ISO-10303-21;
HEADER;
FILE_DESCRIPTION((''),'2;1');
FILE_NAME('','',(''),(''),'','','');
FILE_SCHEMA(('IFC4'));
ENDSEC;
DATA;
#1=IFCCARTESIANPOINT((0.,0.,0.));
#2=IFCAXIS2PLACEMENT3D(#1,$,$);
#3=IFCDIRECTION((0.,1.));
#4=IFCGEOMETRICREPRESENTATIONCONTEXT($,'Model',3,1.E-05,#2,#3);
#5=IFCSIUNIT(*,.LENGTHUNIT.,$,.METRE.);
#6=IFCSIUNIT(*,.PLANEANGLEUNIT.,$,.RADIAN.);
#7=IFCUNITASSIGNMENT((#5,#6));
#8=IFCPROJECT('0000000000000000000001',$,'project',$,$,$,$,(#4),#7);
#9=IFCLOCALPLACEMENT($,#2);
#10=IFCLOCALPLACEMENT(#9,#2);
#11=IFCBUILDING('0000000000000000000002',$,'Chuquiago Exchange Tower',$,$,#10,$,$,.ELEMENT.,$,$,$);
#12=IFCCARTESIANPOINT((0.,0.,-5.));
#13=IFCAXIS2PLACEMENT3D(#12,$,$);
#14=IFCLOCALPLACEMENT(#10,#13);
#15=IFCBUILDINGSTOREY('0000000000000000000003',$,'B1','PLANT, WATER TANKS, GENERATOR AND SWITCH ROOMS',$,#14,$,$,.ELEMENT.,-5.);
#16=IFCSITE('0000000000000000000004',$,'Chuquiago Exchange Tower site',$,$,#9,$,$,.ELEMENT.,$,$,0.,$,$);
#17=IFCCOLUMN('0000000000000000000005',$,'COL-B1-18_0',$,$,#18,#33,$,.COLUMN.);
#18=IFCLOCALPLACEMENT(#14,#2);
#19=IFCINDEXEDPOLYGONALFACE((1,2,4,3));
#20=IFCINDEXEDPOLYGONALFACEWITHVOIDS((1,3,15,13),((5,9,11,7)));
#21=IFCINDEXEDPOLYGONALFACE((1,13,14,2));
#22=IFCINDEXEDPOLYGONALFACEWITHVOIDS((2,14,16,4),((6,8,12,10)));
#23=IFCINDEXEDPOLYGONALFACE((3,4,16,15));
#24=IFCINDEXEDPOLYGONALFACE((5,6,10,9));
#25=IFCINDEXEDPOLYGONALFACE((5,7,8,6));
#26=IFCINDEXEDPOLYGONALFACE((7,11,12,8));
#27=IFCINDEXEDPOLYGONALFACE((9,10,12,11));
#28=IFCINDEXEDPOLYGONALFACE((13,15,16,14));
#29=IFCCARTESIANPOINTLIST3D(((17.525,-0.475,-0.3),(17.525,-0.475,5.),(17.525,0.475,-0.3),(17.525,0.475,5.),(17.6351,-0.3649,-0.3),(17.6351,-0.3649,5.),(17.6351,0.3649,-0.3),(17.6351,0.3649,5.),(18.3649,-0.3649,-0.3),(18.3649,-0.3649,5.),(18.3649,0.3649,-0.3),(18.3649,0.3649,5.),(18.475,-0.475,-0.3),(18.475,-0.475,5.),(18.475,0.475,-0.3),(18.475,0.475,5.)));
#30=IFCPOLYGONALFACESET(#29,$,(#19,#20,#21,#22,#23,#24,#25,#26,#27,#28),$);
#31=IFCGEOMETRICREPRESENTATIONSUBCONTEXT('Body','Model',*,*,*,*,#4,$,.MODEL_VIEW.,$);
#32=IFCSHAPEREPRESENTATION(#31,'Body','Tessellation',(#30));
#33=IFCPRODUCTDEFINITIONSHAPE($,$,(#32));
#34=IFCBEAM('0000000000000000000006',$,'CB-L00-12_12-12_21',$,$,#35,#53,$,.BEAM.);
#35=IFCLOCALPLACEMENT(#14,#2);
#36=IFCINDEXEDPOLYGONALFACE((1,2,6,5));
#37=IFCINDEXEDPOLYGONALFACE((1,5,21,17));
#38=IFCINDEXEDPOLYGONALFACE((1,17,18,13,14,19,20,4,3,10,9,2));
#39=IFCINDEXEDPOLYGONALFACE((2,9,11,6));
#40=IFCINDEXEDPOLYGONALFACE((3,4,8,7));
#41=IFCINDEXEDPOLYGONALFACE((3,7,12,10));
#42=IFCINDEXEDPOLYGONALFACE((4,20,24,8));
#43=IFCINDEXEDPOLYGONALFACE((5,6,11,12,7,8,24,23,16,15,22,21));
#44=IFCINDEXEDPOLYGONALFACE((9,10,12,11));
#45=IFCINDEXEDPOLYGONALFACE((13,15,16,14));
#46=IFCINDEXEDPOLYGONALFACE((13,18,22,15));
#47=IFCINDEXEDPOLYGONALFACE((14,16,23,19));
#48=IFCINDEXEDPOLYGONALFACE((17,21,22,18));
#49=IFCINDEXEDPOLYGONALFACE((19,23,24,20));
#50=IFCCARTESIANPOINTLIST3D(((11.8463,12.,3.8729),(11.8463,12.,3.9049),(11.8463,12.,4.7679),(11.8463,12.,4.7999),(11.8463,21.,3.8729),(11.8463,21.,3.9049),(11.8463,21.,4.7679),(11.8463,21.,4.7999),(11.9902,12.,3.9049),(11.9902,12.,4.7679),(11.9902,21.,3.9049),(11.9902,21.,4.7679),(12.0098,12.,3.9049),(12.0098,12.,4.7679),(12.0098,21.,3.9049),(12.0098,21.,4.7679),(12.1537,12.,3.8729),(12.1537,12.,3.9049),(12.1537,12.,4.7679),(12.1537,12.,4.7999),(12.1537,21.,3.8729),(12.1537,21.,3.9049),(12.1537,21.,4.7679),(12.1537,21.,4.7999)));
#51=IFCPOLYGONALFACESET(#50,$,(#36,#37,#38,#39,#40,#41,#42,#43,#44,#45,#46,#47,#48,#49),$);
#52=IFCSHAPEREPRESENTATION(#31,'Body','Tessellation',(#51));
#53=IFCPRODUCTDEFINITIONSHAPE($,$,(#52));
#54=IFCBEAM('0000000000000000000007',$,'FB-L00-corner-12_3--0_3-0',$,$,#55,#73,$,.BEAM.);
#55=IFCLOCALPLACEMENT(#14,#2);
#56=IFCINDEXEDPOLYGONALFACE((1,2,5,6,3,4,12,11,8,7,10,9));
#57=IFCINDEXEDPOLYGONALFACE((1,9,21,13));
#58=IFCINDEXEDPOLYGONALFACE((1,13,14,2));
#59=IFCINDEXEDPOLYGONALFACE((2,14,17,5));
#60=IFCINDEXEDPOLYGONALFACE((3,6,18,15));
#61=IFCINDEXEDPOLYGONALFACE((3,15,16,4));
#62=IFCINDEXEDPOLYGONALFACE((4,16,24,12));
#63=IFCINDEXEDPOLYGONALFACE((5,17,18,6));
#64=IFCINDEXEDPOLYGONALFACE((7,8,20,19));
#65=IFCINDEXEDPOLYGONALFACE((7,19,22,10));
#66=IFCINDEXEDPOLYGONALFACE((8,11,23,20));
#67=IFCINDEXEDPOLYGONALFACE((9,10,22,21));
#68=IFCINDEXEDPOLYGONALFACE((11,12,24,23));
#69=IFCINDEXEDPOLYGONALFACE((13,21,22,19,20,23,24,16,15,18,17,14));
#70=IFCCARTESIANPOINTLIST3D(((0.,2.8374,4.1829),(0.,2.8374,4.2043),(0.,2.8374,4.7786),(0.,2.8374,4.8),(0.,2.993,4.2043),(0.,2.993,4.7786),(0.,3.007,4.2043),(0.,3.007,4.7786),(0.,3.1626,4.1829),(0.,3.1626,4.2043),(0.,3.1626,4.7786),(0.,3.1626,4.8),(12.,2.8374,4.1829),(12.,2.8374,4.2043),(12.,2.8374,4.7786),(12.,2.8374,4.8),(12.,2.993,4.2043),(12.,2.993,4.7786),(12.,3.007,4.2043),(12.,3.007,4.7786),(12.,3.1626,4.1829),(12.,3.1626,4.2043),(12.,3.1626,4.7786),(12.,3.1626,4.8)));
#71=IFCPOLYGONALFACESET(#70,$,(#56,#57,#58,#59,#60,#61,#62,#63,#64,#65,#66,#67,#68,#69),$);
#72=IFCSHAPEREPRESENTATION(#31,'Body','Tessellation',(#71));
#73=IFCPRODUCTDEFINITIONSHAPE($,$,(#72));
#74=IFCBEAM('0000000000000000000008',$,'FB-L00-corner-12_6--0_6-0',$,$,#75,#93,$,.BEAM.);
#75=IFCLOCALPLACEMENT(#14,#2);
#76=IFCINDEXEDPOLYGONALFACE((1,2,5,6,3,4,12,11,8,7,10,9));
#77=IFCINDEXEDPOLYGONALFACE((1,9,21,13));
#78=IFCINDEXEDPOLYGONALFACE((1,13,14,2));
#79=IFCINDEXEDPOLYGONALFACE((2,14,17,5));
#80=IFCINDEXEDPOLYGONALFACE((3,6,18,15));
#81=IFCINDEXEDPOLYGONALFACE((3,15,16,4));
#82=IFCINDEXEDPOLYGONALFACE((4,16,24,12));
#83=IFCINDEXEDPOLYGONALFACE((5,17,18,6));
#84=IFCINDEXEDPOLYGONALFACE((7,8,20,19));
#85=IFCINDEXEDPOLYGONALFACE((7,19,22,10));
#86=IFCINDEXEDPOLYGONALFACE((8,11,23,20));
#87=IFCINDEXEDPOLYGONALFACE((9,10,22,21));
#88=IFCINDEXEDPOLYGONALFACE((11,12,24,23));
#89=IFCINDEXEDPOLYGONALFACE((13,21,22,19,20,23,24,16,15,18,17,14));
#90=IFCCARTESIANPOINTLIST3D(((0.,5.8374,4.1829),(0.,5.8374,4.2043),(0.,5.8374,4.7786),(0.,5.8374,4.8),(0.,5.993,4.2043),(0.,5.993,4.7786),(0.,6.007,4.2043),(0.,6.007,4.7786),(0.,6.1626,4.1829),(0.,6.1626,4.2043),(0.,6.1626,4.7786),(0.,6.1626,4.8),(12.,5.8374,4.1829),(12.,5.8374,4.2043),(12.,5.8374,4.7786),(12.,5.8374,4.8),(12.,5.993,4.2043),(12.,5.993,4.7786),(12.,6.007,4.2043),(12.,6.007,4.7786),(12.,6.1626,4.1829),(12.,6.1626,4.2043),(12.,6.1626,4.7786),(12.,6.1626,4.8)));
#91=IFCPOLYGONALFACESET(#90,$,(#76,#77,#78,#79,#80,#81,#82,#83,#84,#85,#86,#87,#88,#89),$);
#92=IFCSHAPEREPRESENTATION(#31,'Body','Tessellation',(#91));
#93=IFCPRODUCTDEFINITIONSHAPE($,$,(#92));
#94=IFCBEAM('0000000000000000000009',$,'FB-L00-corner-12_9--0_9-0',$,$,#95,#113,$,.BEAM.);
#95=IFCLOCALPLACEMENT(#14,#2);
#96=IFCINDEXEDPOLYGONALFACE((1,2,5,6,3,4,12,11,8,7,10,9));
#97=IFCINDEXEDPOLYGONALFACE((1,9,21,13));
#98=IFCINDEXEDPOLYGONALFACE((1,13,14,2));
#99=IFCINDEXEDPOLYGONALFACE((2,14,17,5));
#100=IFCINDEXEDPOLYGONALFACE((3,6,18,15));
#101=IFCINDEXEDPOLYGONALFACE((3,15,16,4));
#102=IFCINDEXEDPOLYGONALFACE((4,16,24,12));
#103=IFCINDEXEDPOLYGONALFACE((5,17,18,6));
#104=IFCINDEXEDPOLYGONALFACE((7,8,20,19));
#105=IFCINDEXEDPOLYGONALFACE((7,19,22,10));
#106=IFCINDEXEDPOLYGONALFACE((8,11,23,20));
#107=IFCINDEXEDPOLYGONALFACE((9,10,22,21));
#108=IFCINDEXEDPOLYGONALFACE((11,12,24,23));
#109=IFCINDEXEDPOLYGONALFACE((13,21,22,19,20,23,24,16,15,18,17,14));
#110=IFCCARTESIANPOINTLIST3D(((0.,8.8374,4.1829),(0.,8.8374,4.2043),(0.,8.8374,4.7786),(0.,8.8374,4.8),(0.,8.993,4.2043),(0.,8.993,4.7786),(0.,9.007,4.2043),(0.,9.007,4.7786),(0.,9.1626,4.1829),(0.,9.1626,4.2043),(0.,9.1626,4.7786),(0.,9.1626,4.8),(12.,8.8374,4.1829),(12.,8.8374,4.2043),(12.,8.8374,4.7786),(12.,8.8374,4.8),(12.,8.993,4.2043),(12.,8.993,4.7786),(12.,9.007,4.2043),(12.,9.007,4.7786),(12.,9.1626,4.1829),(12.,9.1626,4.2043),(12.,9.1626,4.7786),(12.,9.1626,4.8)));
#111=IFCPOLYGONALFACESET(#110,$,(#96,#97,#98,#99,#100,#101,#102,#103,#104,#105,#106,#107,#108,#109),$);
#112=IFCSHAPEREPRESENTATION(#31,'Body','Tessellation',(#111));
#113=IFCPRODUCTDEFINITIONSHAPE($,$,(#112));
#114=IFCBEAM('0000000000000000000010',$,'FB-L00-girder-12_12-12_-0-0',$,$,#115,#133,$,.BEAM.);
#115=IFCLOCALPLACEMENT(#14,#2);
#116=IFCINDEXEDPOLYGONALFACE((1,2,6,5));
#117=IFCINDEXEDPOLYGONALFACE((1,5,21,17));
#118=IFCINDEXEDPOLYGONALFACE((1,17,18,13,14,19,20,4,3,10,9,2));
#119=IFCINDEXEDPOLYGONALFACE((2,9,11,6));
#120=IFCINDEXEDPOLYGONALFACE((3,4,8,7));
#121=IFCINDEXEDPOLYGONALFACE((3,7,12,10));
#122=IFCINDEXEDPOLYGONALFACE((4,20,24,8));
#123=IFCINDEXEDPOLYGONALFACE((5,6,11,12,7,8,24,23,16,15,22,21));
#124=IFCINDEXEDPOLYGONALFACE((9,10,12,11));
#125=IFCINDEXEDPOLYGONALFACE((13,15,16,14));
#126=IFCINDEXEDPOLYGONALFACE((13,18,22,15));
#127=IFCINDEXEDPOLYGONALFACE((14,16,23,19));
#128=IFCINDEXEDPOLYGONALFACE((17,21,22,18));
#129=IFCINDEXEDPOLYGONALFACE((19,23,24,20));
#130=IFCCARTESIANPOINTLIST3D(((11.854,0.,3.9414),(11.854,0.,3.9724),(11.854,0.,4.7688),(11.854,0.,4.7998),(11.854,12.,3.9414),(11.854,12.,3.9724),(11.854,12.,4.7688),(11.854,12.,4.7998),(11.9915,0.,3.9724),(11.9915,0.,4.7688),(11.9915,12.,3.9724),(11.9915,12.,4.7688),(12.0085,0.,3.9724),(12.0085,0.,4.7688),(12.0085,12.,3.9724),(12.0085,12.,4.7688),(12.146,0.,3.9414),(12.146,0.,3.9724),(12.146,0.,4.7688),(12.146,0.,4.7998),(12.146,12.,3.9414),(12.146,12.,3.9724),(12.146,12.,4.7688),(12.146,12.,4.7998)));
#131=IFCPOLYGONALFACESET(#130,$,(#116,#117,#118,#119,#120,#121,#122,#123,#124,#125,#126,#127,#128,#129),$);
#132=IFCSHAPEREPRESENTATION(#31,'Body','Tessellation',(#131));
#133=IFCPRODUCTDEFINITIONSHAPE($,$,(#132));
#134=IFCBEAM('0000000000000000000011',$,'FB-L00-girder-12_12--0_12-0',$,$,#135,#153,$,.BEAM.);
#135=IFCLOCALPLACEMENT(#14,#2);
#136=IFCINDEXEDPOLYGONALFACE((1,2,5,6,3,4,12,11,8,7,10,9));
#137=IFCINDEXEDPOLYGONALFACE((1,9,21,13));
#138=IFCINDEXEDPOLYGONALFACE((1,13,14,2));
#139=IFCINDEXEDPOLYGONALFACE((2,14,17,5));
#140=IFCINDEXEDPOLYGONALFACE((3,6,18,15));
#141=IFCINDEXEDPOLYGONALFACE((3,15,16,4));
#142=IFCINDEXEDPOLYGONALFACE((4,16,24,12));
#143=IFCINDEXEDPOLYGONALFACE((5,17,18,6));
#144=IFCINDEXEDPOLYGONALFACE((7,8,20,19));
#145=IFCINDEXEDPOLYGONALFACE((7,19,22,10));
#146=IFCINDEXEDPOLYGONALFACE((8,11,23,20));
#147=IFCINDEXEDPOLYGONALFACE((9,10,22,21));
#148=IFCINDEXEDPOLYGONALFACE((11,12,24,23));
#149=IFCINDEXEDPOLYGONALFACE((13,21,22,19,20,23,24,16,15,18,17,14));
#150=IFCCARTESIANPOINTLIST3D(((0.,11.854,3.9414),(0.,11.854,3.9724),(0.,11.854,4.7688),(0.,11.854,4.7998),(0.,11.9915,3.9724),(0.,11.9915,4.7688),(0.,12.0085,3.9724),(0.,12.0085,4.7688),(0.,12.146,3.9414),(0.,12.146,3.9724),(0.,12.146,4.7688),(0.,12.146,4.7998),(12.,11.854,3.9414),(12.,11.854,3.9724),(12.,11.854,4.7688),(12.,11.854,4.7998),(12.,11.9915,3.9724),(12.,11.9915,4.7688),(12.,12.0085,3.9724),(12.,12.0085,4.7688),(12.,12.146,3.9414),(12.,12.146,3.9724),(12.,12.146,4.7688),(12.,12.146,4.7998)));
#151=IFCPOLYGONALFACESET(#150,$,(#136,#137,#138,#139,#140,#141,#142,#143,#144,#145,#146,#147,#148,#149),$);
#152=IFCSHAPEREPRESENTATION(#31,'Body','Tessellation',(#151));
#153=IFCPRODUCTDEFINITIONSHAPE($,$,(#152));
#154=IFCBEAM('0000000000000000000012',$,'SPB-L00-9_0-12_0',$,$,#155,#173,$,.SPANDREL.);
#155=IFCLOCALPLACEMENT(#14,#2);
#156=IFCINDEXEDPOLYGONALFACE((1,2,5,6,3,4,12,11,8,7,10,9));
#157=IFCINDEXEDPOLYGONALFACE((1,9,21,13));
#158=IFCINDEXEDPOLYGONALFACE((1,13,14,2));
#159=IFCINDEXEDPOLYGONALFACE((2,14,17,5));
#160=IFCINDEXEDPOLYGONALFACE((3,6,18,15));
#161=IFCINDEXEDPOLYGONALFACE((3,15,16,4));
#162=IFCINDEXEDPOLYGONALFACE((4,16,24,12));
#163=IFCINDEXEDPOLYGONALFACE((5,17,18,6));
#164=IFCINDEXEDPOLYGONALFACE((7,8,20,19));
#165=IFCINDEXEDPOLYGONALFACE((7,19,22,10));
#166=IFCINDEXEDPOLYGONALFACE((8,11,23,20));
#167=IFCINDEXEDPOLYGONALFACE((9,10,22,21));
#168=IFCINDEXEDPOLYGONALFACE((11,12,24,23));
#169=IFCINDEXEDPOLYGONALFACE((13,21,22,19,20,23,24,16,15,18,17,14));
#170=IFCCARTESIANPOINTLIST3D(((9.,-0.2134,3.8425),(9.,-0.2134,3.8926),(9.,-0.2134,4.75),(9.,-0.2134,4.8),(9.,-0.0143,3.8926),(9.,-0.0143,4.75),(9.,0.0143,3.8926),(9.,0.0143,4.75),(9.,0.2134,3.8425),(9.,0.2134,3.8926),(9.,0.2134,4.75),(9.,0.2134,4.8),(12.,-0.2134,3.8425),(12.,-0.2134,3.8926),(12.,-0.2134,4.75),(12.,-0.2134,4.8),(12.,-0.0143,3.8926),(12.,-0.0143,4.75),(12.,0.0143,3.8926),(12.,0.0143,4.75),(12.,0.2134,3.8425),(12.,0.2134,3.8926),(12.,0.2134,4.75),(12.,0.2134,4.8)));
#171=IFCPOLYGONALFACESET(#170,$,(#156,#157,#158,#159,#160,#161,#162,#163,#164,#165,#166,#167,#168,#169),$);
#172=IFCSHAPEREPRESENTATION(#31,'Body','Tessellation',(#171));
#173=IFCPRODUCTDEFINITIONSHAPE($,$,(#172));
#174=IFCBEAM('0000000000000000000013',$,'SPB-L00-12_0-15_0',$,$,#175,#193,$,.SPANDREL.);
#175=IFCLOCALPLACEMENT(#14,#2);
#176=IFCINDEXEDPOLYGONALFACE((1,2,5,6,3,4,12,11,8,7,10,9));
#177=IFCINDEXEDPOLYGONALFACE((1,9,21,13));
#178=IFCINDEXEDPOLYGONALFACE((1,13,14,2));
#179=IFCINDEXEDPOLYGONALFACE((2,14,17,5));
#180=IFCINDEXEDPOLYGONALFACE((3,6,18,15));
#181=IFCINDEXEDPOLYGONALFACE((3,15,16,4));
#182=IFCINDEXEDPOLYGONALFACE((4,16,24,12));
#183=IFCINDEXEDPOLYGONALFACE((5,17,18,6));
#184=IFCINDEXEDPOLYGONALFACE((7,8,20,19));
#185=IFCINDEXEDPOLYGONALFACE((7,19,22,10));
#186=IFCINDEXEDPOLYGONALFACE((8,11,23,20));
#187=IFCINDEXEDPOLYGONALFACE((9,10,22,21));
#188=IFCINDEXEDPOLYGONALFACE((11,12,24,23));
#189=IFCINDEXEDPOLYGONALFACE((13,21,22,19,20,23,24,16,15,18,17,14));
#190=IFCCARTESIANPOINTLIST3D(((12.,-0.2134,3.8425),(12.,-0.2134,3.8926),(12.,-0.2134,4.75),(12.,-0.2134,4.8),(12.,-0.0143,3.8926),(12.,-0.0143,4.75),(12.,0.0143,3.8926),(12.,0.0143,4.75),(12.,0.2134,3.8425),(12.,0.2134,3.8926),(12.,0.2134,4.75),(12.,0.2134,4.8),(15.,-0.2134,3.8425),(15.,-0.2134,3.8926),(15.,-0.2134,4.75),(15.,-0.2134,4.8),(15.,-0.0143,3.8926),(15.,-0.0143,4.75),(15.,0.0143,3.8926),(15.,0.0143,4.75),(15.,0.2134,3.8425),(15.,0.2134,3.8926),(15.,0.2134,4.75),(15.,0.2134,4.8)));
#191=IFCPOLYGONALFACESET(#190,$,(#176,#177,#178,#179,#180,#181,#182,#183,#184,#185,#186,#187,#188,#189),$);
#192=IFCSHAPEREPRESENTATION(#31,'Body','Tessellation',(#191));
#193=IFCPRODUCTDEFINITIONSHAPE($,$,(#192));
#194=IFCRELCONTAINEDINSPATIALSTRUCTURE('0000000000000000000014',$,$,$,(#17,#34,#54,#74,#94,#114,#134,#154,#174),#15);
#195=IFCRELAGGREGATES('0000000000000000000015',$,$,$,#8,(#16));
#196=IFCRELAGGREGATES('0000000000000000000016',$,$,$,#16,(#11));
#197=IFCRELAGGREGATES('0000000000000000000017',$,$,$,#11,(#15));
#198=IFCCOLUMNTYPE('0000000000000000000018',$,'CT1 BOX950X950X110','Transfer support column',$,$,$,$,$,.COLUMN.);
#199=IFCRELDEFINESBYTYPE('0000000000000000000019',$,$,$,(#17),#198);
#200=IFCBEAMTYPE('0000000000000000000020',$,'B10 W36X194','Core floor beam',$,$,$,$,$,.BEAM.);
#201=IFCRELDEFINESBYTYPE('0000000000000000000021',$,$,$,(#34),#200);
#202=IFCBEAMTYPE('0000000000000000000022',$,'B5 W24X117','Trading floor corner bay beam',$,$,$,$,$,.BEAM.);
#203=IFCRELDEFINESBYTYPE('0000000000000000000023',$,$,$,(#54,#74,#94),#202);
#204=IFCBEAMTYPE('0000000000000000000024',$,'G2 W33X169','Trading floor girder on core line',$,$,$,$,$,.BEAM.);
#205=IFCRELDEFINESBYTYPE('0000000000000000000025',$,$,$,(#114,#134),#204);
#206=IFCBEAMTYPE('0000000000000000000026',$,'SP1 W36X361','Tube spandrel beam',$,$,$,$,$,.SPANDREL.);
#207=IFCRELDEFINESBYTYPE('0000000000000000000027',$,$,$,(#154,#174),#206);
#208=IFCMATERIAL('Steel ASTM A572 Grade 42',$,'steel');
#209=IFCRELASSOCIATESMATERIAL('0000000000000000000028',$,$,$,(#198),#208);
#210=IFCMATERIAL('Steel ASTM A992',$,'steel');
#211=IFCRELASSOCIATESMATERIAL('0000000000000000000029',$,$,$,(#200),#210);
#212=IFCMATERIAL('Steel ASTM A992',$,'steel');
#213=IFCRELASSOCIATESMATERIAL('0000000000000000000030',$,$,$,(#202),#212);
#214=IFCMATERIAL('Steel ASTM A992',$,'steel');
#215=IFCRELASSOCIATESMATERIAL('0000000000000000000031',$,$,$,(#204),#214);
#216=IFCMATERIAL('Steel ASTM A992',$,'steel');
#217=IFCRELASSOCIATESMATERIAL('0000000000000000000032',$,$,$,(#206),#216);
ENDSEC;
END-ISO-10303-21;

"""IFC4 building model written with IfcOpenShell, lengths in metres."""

from ifc_helpers import new_model, si_unit, direction, frame, origin, origin_2d, place, context, subcontext, project, spatial, hollow_rectangle, i_section, extrude, material, material_profile, profile_set, type_object, element, save


model = new_model("IFC4")

# Units and contexts
model_context = context("Model", 3, precision=1e-05, world=origin(), true_north=direction((0.0, 1.0)))
body_context = subcontext(model_context, "Body", "Model", "MODEL_VIEW")
ifc_project = project(units=[si_unit("LENGTHUNIT", "METRE"), si_unit("PLANEANGLEUNIT", "RADIAN")], contexts=[model_context])

# Site, building, storey
site_placement = place(None, origin())
site = spatial("IfcSite", under=ifc_project, at=site_placement, Name="Chuquiago Exchange Tower site", CompositionType="ELEMENT", RefElevation=0.0)
building_placement = place(site_placement, origin())
building = spatial("IfcBuilding", under=site, at=building_placement, Name="Chuquiago Exchange Tower", CompositionType="ELEMENT")
storey_placement = place(building_placement, frame((0.0, 0.0, -5.0)))
storey = spatial("IfcBuildingStorey", under=building, at=storey_placement, Name="B1", Description="PLANT, WATER TANKS, GENERATOR AND SWITCH ROOMS", CompositionType="ELEMENT", Elevation=-5.0)

# Column
ifc_material_1 = material(Name="Steel ASTM A572 Grade 42", Category="steel")
ifc_material_profile_1 = material_profile(ifc_material_1, hollow_rectangle(XDim=0.95, YDim=0.95, WallThickness=0.1101, at=origin_2d()), Name="BOX950X950X110")
ifc_profile_set_1 = profile_set([ifc_material_profile_1], Name="Steel ASTM A572 Grade 42")
column_type_1 = type_object("IfcColumnType", Name="CT1 BOX950X950X110", Description="Transfer support column", PredefinedType="COLUMN", material=ifc_profile_set_1)
column_1_placement = place(storey_placement, frame((18.0, 0.0, -0.3), z_axis=(0.0, 0.0, 1.0), x_axis=(0.0, -1.0, 0.0)))
element("IfcColumn", 1, at=column_1_placement, inside=storey, type_object=column_type_1, Name="COL-B1-18_0", PredefinedType="COLUMN", context=body_context, shape_type="SweptSolid", body=[
    extrude(hollow_rectangle(XDim=0.95, YDim=0.95, WallThickness=0.1101, at=origin_2d()), origin(), (0.0, 0.0, 1.0), 5.3),
])

# Beams
ifc_material_2 = material(Name="Steel ASTM A992", Category="steel")
ifc_material_profile_2 = material_profile(ifc_material_2, i_section(OverallWidth=0.3074, OverallDepth=0.927, WebThickness=0.0195, FlangeThickness=0.032, at=origin_2d()), Name="W36X194")
ifc_profile_set_2 = profile_set([ifc_material_profile_2], Name="Steel ASTM A992")
beam_type_1 = type_object("IfcBeamType", Name="B10 W36X194", Description="Core floor beam", PredefinedType="BEAM", material=ifc_profile_set_2)
beam_placement = place(storey_placement, frame((12.0, 12.0, 4.3364), z_axis=(0.0, 1.0, 0.0), x_axis=(-1.0, 0.0, 0.0)))
element("IfcBeam", 2, at=beam_placement, inside=storey, type_object=beam_type_1, Name="CB-L00-12_12-12_21", PredefinedType="BEAM", context=body_context, shape_type="SweptSolid", body=[
    extrude(i_section(OverallWidth=0.3074, OverallDepth=0.927, WebThickness=0.0195, FlangeThickness=0.032, at=origin_2d()), origin(), (0.0, 0.0, 1.0), 9.0),
])
ifc_material_3 = material(Name="Steel ASTM A992", Category="steel")
ifc_material_profile_3 = material_profile(ifc_material_3, i_section(OverallWidth=0.3252, OverallDepth=0.6172, WebThickness=0.0139, FlangeThickness=0.0215, at=origin_2d()), Name="W24X117")
ifc_profile_set_3 = profile_set([ifc_material_profile_3], Name="Steel ASTM A992")
beam_type_2 = type_object("IfcBeamType", Name="B5 W24X117", Description="Trading floor corner bay beam", PredefinedType="BEAM", material=ifc_profile_set_3)
for number, where, z_axis, x_axis, name in (
    (3, (12.0, 3.0, 4.4915), (-1.0, 0.0, 0.0), (0.0, -1.0, 0.0), "FB-L00-corner-12_3--0_3-0"),
    (4, (12.0, 6.0, 4.4915), (-1.0, 0.0, 0.0), (0.0, -1.0, 0.0), "FB-L00-corner-12_6--0_6-0"),
    (5, (12.0, 9.0, 4.4915), (-1.0, 0.0, 0.0), (0.0, -1.0, 0.0), "FB-L00-corner-12_9--0_9-0"),
):
    element("IfcBeam", number, at=place(storey_placement, frame(where, z_axis=z_axis, x_axis=x_axis)), inside=storey, type_object=beam_type_2, Name=name, PredefinedType="BEAM", context=body_context, shape_type="SweptSolid", body=[
        extrude(i_section(OverallWidth=0.3252, OverallDepth=0.6172, WebThickness=0.0139, FlangeThickness=0.0215, at=origin_2d()), origin(), (0.0, 0.0, 1.0), 12.0),
    ])
ifc_material_4 = material(Name="Steel ASTM A992", Category="steel")
ifc_material_profile_4 = material_profile(ifc_material_4, i_section(OverallWidth=0.292, OverallDepth=0.8584, WebThickness=0.0171, FlangeThickness=0.031, at=origin_2d()), Name="W33X169")
ifc_profile_set_4 = profile_set([ifc_material_profile_4], Name="Steel ASTM A992")
beam_type_3 = type_object("IfcBeamType", Name="G2 W33X169", Description="Trading floor girder on core line", PredefinedType="BEAM", material=ifc_profile_set_4)
for number, where, z_axis, x_axis, name in (
    (6, (12.0, 12.0, 4.3706), (0.0, -1.0, 0.0), (1.0, 0.0, 0.0), "FB-L00-girder-12_12-12_-0-0"),
    (7, (12.0, 12.0, 4.3706), (-1.0, 0.0, 0.0), (0.0, -1.0, 0.0), "FB-L00-girder-12_12--0_12-0"),
):
    element("IfcBeam", number, at=place(storey_placement, frame(where, z_axis=z_axis, x_axis=x_axis)), inside=storey, type_object=beam_type_3, Name=name, PredefinedType="BEAM", context=body_context, shape_type="SweptSolid", body=[
        extrude(i_section(OverallWidth=0.292, OverallDepth=0.8584, WebThickness=0.0171, FlangeThickness=0.031, at=origin_2d()), origin(), (0.0, 0.0, 1.0), 12.0),
    ])
ifc_material_5 = material(Name="Steel ASTM A992", Category="steel")
ifc_material_profile_5 = material_profile(ifc_material_5, i_section(OverallWidth=0.4268, OverallDepth=0.9575, WebThickness=0.0286, FlangeThickness=0.05, at=origin_2d()), Name="W36X361")
ifc_profile_set_5 = profile_set([ifc_material_profile_5], Name="Steel ASTM A992")
beam_type_4 = type_object("IfcBeamType", Name="SP1 W36X361", Description="Tube spandrel beam", PredefinedType="SPANDREL", material=ifc_profile_set_5)
for number, where, z_axis, x_axis, name in (
    (8, (9.0, 0.0, 4.3213), (1.0, 0.0, 0.0), (0.0, 1.0, 0.0), "SPB-L00-9_0-12_0"),
    (9, (12.0, 0.0, 4.3213), (1.0, 0.0, 0.0), (0.0, 1.0, 0.0), "SPB-L00-12_0-15_0"),
):
    element("IfcBeam", number, at=place(storey_placement, frame(where, z_axis=z_axis, x_axis=x_axis)), inside=storey, type_object=beam_type_4, Name=name, PredefinedType="SPANDREL", context=body_context, shape_type="SweptSolid", body=[
        extrude(i_section(OverallWidth=0.4268, OverallDepth=0.9575, WebThickness=0.0286, FlangeThickness=0.05, at=origin_2d()), origin(), (0.0, 0.0, 1.0), 3.0),
    ])

save(model, "model.ifc")
